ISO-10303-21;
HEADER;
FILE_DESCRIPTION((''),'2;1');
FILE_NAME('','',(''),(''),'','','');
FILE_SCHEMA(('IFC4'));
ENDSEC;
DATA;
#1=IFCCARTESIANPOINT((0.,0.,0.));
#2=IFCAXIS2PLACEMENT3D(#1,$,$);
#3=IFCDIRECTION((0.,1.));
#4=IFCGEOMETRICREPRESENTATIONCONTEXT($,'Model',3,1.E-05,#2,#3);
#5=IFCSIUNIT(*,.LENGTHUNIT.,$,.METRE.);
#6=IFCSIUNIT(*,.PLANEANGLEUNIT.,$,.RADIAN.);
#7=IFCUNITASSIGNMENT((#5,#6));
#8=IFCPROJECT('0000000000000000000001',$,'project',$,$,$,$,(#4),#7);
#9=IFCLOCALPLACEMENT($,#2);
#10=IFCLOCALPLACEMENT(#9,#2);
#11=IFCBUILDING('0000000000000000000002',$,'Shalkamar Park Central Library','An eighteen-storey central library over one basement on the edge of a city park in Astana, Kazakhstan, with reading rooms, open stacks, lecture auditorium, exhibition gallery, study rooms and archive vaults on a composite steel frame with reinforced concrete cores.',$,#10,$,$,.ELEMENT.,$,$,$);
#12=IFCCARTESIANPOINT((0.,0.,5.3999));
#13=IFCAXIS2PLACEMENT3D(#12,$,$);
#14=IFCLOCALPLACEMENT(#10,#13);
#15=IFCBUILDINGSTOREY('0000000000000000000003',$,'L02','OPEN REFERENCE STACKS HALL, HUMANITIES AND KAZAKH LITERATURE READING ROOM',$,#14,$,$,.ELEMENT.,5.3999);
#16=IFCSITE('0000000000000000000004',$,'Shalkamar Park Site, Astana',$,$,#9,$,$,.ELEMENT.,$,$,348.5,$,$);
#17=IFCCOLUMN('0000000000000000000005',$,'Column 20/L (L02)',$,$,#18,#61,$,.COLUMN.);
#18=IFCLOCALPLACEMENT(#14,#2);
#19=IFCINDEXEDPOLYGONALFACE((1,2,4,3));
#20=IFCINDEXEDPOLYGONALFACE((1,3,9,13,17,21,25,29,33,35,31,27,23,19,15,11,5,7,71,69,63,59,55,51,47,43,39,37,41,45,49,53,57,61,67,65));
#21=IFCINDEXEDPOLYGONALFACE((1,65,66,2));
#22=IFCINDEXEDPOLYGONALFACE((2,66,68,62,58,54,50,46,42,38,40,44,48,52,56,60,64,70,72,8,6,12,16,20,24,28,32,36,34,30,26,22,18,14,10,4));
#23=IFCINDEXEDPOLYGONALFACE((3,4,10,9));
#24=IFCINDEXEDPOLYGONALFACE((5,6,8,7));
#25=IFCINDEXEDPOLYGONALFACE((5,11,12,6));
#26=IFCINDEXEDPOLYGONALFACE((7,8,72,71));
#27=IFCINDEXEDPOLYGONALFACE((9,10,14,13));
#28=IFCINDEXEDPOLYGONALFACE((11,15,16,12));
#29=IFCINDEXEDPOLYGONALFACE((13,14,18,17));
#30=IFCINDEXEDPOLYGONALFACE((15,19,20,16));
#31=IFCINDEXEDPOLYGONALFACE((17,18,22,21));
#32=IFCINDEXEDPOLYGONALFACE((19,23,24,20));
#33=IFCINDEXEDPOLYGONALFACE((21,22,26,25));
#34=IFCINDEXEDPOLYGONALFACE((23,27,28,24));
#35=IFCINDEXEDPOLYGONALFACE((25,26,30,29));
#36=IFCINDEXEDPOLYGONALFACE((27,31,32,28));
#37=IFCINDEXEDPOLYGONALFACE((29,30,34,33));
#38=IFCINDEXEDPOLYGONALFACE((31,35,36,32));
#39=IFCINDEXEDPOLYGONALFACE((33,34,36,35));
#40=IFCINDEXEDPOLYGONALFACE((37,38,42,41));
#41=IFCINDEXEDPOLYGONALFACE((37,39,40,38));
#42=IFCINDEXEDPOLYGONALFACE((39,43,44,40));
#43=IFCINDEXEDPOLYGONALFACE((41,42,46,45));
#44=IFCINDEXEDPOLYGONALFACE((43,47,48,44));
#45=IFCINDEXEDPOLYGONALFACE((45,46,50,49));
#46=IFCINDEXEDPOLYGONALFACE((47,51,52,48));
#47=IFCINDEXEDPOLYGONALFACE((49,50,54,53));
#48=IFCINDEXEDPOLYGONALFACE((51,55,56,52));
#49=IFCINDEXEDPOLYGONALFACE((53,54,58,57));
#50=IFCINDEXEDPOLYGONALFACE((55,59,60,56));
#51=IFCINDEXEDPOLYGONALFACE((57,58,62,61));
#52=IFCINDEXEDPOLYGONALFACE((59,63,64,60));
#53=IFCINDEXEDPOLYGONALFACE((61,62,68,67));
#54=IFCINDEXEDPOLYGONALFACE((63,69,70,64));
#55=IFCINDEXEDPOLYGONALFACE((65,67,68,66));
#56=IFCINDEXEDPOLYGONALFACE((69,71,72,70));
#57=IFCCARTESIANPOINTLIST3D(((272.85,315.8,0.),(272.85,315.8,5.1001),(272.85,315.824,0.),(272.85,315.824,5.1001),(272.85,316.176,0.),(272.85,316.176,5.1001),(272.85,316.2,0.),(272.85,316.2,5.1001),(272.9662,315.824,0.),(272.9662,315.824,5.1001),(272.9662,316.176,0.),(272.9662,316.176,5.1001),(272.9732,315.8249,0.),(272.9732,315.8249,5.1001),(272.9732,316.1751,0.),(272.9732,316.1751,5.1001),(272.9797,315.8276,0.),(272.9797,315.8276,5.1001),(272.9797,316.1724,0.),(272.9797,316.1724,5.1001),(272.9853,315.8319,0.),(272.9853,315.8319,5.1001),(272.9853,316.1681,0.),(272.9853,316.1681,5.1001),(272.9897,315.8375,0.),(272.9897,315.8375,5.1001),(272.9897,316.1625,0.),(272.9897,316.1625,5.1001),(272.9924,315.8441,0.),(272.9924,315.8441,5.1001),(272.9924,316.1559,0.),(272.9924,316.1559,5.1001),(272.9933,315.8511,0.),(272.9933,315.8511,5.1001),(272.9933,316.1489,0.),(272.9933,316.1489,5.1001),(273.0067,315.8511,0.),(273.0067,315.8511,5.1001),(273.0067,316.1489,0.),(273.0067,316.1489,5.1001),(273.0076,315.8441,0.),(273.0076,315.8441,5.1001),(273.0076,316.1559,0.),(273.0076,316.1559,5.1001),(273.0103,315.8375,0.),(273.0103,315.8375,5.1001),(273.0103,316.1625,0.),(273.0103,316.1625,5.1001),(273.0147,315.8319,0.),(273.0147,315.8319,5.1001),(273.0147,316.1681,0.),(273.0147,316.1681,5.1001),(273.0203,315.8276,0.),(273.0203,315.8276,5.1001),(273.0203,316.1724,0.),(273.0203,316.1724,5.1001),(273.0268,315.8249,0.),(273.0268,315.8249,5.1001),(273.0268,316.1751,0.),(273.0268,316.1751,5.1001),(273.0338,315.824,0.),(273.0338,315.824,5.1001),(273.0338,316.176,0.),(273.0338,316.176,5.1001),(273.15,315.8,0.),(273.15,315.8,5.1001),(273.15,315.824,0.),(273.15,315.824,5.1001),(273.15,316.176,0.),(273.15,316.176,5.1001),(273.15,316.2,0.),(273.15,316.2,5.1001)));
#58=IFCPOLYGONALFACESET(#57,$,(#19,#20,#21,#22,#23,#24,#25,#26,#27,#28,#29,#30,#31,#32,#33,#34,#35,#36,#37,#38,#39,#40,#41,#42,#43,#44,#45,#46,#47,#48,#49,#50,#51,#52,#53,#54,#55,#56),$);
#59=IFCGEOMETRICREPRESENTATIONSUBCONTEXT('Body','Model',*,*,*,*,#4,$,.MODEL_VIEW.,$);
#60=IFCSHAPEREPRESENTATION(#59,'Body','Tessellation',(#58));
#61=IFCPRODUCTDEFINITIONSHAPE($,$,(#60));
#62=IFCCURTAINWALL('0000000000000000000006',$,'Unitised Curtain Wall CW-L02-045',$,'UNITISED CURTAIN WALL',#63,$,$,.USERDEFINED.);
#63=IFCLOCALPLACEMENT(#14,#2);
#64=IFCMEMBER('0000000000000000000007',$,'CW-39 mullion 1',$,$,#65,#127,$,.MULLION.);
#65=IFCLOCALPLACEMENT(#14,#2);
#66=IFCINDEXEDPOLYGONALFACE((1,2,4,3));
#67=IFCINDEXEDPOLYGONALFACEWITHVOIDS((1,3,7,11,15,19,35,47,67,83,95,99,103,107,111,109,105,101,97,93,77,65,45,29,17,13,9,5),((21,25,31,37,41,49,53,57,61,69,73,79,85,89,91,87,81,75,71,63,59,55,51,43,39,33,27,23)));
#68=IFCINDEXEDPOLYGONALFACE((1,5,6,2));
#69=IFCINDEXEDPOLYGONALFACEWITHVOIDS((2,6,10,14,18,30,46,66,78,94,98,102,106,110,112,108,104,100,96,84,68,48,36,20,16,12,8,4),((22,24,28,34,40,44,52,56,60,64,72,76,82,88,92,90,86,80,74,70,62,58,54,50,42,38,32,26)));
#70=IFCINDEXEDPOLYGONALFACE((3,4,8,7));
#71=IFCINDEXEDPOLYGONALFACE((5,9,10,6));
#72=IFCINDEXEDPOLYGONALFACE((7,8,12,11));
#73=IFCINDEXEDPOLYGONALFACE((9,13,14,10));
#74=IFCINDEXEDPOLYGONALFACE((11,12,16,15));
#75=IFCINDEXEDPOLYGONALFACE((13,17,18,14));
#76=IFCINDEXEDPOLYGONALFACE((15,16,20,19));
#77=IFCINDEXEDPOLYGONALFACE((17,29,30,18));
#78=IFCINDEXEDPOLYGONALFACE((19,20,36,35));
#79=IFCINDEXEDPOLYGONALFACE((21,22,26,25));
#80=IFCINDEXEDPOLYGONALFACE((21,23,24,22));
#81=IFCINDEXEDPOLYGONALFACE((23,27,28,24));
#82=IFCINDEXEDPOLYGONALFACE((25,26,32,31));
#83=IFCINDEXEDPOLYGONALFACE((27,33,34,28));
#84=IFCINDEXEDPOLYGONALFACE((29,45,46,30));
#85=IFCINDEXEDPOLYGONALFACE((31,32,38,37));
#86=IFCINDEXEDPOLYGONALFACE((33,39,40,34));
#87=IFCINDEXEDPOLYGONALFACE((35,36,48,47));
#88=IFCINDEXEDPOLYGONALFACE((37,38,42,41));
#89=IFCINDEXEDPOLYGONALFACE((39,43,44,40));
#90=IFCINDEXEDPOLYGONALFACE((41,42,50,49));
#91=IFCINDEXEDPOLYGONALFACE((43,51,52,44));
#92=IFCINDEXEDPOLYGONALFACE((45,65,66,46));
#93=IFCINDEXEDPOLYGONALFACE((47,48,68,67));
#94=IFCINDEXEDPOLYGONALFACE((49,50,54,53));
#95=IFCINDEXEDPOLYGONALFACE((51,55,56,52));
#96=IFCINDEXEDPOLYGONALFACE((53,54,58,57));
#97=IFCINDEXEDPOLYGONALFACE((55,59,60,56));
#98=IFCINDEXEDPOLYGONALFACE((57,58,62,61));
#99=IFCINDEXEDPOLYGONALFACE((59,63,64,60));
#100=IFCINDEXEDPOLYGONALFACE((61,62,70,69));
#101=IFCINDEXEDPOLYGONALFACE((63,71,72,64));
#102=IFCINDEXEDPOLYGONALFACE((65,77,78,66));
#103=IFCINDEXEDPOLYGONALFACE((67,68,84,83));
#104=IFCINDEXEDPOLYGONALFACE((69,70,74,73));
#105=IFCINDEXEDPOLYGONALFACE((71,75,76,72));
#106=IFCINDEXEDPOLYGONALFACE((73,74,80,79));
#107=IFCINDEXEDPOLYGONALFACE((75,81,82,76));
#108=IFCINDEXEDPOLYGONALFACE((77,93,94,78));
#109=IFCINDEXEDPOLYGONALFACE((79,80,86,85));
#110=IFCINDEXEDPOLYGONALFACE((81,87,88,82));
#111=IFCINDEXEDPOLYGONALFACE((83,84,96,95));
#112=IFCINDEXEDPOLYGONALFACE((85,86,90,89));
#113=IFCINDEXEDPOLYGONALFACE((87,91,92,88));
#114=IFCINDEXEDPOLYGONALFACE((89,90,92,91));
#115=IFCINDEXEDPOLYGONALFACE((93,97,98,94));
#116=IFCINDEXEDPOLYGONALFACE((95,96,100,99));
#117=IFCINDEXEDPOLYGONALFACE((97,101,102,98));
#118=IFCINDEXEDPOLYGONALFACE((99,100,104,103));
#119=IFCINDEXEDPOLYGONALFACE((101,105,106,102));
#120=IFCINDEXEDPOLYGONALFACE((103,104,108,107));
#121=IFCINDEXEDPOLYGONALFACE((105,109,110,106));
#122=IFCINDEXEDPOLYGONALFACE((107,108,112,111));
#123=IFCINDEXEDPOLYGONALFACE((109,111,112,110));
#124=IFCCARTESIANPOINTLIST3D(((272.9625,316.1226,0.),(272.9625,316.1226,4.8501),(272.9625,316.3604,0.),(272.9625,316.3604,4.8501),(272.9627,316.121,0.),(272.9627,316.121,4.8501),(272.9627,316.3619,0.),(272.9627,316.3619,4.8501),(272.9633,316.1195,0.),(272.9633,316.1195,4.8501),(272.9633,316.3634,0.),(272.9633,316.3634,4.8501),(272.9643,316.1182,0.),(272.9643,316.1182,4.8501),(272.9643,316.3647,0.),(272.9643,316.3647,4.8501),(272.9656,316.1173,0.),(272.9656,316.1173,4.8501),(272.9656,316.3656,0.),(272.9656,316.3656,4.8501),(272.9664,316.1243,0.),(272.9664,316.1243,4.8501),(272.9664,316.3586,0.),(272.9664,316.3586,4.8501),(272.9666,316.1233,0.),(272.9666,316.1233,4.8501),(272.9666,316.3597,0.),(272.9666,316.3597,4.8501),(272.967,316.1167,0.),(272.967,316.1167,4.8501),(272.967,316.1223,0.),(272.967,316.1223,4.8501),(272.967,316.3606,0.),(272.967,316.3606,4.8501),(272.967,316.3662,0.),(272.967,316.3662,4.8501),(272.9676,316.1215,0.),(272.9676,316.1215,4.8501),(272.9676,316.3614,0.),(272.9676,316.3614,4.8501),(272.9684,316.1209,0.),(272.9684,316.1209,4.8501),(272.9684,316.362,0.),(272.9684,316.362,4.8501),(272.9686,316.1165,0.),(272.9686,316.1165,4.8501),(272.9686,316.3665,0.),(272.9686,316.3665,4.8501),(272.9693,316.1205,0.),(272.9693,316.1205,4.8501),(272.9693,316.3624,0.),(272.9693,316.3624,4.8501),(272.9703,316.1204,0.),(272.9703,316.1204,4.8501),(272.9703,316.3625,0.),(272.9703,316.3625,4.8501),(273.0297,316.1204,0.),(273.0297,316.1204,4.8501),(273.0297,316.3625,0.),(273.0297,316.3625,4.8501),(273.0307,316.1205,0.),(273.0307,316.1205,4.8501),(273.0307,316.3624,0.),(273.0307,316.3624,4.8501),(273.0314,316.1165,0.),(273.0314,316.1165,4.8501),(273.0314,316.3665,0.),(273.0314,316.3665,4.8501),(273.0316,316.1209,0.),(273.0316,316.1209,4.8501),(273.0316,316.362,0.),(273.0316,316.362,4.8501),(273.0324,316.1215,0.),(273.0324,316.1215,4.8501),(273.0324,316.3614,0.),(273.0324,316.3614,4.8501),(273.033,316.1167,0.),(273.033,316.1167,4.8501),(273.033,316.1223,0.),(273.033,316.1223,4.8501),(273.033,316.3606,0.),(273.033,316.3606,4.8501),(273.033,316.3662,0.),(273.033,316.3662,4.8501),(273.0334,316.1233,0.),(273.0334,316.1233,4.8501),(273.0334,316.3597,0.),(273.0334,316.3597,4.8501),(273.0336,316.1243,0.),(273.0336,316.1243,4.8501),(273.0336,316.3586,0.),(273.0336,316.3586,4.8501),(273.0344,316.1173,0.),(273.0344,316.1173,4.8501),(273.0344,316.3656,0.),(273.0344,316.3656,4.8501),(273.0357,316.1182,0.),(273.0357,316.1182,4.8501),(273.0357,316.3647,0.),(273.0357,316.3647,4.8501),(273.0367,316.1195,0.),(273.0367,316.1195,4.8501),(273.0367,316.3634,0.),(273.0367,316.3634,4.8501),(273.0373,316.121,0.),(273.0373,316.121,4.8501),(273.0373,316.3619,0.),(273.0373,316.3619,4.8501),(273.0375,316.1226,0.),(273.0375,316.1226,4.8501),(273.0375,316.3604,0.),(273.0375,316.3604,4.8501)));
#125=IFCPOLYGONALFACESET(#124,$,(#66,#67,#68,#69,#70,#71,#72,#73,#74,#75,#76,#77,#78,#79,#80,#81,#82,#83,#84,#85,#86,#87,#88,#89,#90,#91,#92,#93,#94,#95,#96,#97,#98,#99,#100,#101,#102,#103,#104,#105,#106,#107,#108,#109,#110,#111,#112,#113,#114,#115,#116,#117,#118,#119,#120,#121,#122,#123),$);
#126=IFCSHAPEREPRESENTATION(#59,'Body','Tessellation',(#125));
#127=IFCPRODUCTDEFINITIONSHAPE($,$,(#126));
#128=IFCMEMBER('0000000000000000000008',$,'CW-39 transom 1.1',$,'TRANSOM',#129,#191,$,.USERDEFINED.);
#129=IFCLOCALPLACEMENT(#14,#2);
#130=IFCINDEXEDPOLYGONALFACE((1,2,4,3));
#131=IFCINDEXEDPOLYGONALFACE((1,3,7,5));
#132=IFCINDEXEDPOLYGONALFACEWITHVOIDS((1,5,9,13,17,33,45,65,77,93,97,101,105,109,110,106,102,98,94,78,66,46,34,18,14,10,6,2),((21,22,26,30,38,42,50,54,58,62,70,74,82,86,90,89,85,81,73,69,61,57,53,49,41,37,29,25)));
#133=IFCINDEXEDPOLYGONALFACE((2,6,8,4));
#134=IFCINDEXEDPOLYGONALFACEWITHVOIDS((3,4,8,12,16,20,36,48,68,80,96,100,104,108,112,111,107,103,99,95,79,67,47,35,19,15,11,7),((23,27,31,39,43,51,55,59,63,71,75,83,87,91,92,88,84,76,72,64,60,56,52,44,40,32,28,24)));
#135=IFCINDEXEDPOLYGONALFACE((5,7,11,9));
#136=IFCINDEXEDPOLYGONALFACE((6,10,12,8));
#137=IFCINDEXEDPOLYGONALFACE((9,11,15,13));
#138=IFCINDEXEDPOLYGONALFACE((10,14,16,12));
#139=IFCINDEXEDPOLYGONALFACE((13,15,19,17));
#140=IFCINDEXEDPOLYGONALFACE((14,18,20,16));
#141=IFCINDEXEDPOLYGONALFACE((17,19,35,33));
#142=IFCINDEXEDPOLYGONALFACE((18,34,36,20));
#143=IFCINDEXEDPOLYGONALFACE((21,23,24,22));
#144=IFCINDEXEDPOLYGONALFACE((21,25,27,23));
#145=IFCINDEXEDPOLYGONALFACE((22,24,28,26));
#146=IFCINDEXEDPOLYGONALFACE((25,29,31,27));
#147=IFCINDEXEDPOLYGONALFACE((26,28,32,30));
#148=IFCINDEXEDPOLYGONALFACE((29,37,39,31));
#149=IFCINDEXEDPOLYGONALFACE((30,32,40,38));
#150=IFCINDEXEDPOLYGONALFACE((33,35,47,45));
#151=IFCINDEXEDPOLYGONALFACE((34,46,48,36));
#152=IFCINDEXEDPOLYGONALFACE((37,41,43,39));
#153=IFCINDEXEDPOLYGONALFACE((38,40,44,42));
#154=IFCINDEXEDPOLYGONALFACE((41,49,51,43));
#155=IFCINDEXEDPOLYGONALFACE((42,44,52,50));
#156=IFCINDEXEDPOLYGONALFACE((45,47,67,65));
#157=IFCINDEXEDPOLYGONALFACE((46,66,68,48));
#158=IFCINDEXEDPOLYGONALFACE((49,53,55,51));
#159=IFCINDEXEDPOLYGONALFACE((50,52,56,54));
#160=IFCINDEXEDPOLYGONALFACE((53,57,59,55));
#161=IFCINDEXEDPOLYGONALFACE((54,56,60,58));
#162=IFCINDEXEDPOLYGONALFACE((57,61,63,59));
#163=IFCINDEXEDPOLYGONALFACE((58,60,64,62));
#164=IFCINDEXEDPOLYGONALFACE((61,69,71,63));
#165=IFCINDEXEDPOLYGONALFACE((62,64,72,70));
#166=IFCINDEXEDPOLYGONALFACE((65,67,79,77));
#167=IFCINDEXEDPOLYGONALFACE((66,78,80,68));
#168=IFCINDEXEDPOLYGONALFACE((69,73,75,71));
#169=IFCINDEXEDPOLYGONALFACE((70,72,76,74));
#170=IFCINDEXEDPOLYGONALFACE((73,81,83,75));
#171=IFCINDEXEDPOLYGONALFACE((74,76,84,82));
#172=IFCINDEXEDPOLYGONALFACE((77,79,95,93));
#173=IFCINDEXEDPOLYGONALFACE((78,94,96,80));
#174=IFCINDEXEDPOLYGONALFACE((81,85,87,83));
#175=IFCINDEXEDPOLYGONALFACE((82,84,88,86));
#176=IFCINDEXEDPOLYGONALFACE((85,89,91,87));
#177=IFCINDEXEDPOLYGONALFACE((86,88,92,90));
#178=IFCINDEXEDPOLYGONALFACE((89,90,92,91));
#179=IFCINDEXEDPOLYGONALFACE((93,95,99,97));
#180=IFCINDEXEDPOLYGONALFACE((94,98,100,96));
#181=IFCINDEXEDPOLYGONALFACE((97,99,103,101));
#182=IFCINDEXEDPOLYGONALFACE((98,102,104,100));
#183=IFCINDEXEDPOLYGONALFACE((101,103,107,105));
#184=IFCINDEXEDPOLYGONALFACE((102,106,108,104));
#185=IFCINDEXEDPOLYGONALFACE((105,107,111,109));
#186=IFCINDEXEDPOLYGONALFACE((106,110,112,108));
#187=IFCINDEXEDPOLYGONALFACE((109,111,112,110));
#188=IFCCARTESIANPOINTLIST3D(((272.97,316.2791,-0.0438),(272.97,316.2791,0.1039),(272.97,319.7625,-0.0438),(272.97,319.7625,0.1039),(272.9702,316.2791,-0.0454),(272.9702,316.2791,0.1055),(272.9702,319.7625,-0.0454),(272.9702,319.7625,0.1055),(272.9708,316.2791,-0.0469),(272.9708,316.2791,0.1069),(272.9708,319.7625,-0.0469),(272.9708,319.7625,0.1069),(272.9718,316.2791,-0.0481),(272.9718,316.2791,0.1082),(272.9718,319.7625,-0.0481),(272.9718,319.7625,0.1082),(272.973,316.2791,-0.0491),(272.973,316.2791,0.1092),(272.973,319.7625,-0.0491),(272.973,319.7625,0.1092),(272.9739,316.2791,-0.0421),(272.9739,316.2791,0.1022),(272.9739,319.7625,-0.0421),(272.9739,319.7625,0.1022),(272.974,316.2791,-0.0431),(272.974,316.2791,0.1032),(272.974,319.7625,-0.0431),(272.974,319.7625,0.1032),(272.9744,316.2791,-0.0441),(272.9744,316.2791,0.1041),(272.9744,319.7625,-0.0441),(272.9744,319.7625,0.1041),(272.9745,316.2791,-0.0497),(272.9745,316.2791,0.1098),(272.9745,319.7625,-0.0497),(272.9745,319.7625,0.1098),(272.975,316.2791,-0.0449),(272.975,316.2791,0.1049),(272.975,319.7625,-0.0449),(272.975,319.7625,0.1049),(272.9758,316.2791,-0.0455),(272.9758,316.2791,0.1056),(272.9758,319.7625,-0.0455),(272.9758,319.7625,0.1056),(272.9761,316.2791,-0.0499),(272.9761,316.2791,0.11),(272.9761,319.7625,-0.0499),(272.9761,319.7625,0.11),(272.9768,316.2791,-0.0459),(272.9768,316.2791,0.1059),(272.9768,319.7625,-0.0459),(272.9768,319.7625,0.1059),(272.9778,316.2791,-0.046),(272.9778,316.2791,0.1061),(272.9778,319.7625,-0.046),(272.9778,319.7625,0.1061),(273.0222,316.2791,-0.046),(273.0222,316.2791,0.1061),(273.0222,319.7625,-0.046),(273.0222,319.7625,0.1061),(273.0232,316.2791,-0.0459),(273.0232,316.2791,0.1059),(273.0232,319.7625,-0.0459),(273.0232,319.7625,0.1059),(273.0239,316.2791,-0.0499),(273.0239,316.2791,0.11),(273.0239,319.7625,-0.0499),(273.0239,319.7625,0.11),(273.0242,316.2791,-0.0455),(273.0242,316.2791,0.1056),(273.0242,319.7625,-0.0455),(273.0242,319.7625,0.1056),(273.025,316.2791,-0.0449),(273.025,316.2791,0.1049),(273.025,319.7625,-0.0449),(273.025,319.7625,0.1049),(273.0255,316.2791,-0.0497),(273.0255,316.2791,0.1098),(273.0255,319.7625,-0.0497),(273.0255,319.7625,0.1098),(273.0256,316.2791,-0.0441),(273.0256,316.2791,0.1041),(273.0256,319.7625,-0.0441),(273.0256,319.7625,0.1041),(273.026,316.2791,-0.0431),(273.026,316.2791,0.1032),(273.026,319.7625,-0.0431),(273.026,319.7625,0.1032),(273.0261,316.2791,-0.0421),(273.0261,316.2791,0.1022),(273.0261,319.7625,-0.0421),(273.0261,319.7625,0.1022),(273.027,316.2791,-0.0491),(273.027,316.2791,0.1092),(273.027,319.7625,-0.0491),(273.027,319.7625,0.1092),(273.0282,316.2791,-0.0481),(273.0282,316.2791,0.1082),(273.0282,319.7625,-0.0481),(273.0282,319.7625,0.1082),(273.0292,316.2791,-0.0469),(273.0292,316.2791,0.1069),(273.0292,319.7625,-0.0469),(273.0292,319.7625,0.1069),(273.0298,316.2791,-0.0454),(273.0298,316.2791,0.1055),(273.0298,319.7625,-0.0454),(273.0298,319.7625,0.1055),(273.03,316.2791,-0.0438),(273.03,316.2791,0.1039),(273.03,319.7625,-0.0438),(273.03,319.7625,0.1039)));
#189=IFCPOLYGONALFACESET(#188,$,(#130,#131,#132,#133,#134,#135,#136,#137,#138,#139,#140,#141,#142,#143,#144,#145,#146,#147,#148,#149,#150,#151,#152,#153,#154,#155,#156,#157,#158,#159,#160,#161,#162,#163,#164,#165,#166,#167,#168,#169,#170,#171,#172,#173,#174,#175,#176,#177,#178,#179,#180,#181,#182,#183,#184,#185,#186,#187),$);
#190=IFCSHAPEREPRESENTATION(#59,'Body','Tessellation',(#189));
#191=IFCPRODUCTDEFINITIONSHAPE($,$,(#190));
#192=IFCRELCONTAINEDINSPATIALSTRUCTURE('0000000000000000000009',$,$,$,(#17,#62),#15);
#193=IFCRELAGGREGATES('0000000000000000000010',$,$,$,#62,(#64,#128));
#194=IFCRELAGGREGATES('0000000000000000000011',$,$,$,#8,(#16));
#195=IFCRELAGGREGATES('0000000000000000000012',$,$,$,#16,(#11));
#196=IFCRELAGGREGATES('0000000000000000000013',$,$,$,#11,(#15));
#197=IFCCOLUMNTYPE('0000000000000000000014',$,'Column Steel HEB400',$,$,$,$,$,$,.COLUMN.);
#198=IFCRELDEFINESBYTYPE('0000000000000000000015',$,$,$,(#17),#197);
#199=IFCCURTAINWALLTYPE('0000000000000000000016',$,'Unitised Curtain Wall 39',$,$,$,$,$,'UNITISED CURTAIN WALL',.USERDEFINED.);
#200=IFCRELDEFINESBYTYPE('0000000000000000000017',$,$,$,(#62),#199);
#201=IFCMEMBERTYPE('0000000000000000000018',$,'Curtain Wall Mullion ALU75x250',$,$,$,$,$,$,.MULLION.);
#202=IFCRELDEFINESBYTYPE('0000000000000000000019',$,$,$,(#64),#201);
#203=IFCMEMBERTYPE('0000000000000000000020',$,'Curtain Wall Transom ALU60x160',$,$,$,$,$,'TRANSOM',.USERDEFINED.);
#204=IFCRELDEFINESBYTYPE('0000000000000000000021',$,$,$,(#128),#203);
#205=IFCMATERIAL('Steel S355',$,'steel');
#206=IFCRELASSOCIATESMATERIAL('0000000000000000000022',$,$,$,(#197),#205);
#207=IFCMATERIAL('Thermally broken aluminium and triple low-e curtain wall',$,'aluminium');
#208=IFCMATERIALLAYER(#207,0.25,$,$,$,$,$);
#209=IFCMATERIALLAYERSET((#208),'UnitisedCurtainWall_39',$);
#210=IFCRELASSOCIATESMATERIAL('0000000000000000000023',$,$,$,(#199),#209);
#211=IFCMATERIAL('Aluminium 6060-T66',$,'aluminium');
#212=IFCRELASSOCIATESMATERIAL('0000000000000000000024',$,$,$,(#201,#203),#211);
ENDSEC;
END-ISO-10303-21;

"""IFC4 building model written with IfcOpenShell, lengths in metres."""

from ifc_helpers import new_model, si_unit, direction, frame, origin, origin_2d, place, context, subcontext, project, spatial, hollow_rectangle, i_section, extrude, material, layer, layer_set, material_profile, profile_set, type_object, element, aggregate, save


model = new_model("IFC4")

# Units and contexts
model_context = context("Model", 3, precision=1e-05, world=origin(), true_north=direction((0.0, 1.0)))
body_context = subcontext(model_context, "Body", "Model", "MODEL_VIEW")
ifc_project = project(units=[si_unit("LENGTHUNIT", "METRE"), si_unit("PLANEANGLEUNIT", "RADIAN")], contexts=[model_context])

# Site, building, storey
site_placement = place(None, origin())
site = spatial("IfcSite", under=ifc_project, at=site_placement, Name="Shalkamar Park Site, Astana", CompositionType="ELEMENT", RefElevation=348.5)
building_placement = place(site_placement, origin())
building = spatial("IfcBuilding", under=site, at=building_placement, Name="Shalkamar Park Central Library", Description="An eighteen-storey central library over one basement on the edge of a city park in Astana, Kazakhstan, with reading rooms, open stacks, lecture auditorium, exhibition gallery, study rooms and archive vaults on a composite steel frame with reinforced concrete cores.", CompositionType="ELEMENT")
storey_placement = place(building_placement, frame((0.0, 0.0, 5.3999)))
storey = spatial("IfcBuildingStorey", under=building, at=storey_placement, Name="L02", Description="OPEN REFERENCE STACKS HALL, HUMANITIES AND KAZAKH LITERATURE READING ROOM", CompositionType="ELEMENT", Elevation=5.3999)

# Column
ifc_material_1 = material(Name="Steel S355", Category="steel")
ifc_material_profile_1 = material_profile(ifc_material_1, i_section(OverallWidth=0.3, OverallDepth=0.3999, WebThickness=0.0134, FlangeThickness=0.0239, FilletRadius=0.0271, at=origin_2d()), Name="HEB 400")
ifc_profile_set_1 = profile_set([ifc_material_profile_1], Name="Steel S355")
column_type = type_object("IfcColumnType", Name="Column Steel HEB400", PredefinedType="COLUMN", material=ifc_profile_set_1)
column_placement = place(storey_placement, frame((273.0, 316.0, 0.0), z_axis=(0.0, 0.0, 1.0), x_axis=(1.0, 0.0, 0.0)))
element("IfcColumn", 1, at=column_placement, inside=storey, type_object=column_type, Name="Column 20/L (L02)", PredefinedType="COLUMN", context=body_context, shape_type="SweptSolid", body=[
    extrude(i_section(OverallWidth=0.3, OverallDepth=0.3999, WebThickness=0.0134, FlangeThickness=0.0239, FilletRadius=0.0271, at=origin_2d()), origin(), (0.0, 0.0, 1.0), 5.1001),
])

# Curtain wall, members
ifc_material_2 = material(Name="Thermally broken aluminium and triple low-e curtain wall", Category="aluminium")
ifc_layer_1 = layer(ifc_material_2, 0.25)
ifc_layer_set_1 = layer_set([ifc_layer_1], Name="UnitisedCurtainWall_39")
curtain_wall_type = type_object("IfcCurtainWallType", Name="Unitised Curtain Wall 39", ElementType="UNITISED CURTAIN WALL", PredefinedType="USERDEFINED", material=ifc_layer_set_1)
curtain_wall_placement = place(storey_placement, origin())
curtain_wall = element("IfcCurtainWall", 2, at=curtain_wall_placement, inside=storey, type_object=curtain_wall_type, Name="Unitised Curtain Wall CW-L02-045", ObjectType="UNITISED CURTAIN WALL", PredefinedType="USERDEFINED")
ifc_material_3 = material(Name="Aluminium 6060-T66", Category="aluminium")
ifc_material_profile_2 = material_profile(ifc_material_3, hollow_rectangle(XDim=0.075, YDim=0.25, WallThickness=0.0039, InnerFilletRadius=0.0039, OuterFilletRadius=0.0061, at=origin_2d()), Name="ALU 75x250x4")
ifc_profile_set_2 = profile_set([ifc_material_profile_2], Name="Aluminium 6060-T66")
member_type_1 = type_object("IfcMemberType", Name="Curtain Wall Mullion ALU75x250", PredefinedType="MULLION", material=ifc_profile_set_2)
member_1_placement = place(storey_placement, frame((273.0, 316.2415, 0.0), z_axis=(0.0, 0.0, 1.0), x_axis=(-1.0, 0.0, 0.0)))
member_1 = element("IfcMember", 3, at=member_1_placement, type_object=member_type_1, Name="CW-39 mullion 1", PredefinedType="MULLION", context=body_context, shape_type="SweptSolid", body=[
    extrude(hollow_rectangle(XDim=0.075, YDim=0.25, WallThickness=0.0039, InnerFilletRadius=0.0039, OuterFilletRadius=0.0061, at=origin_2d()), origin(), (0.0, 0.0, 1.0), 4.8501),
])
ifc_material_profile_3 = material_profile(ifc_material_3, hollow_rectangle(XDim=0.0601, YDim=0.1599, WallThickness=0.0039, InnerFilletRadius=0.0039, OuterFilletRadius=0.0061, at=origin_2d()), Name="ALU 60x160x4")
ifc_profile_set_3 = profile_set([ifc_material_profile_3], Name="Aluminium 6060-T66")
member_type_2 = type_object("IfcMemberType", Name="Curtain Wall Transom ALU60x160", ElementType="TRANSOM", PredefinedType="USERDEFINED", material=ifc_profile_set_3)
member_2_placement = place(storey_placement, frame((273.0, 316.2791, 0.03), z_axis=(0.0, 1.0, 0.0), x_axis=(-1.0, 0.0, 0.0)))
member_2 = element("IfcMember", 4, at=member_2_placement, type_object=member_type_2, Name="CW-39 transom 1.1", ObjectType="TRANSOM", PredefinedType="USERDEFINED", context=body_context, shape_type="SweptSolid", body=[
    extrude(hollow_rectangle(XDim=0.0601, YDim=0.1599, WallThickness=0.0039, InnerFilletRadius=0.0039, OuterFilletRadius=0.0061, at=origin_2d()), origin(), (0.0, 0.0, 1.0), 3.4834),
])

aggregate(curtain_wall, [member_1, member_2])

save(model, "model.ifc")
